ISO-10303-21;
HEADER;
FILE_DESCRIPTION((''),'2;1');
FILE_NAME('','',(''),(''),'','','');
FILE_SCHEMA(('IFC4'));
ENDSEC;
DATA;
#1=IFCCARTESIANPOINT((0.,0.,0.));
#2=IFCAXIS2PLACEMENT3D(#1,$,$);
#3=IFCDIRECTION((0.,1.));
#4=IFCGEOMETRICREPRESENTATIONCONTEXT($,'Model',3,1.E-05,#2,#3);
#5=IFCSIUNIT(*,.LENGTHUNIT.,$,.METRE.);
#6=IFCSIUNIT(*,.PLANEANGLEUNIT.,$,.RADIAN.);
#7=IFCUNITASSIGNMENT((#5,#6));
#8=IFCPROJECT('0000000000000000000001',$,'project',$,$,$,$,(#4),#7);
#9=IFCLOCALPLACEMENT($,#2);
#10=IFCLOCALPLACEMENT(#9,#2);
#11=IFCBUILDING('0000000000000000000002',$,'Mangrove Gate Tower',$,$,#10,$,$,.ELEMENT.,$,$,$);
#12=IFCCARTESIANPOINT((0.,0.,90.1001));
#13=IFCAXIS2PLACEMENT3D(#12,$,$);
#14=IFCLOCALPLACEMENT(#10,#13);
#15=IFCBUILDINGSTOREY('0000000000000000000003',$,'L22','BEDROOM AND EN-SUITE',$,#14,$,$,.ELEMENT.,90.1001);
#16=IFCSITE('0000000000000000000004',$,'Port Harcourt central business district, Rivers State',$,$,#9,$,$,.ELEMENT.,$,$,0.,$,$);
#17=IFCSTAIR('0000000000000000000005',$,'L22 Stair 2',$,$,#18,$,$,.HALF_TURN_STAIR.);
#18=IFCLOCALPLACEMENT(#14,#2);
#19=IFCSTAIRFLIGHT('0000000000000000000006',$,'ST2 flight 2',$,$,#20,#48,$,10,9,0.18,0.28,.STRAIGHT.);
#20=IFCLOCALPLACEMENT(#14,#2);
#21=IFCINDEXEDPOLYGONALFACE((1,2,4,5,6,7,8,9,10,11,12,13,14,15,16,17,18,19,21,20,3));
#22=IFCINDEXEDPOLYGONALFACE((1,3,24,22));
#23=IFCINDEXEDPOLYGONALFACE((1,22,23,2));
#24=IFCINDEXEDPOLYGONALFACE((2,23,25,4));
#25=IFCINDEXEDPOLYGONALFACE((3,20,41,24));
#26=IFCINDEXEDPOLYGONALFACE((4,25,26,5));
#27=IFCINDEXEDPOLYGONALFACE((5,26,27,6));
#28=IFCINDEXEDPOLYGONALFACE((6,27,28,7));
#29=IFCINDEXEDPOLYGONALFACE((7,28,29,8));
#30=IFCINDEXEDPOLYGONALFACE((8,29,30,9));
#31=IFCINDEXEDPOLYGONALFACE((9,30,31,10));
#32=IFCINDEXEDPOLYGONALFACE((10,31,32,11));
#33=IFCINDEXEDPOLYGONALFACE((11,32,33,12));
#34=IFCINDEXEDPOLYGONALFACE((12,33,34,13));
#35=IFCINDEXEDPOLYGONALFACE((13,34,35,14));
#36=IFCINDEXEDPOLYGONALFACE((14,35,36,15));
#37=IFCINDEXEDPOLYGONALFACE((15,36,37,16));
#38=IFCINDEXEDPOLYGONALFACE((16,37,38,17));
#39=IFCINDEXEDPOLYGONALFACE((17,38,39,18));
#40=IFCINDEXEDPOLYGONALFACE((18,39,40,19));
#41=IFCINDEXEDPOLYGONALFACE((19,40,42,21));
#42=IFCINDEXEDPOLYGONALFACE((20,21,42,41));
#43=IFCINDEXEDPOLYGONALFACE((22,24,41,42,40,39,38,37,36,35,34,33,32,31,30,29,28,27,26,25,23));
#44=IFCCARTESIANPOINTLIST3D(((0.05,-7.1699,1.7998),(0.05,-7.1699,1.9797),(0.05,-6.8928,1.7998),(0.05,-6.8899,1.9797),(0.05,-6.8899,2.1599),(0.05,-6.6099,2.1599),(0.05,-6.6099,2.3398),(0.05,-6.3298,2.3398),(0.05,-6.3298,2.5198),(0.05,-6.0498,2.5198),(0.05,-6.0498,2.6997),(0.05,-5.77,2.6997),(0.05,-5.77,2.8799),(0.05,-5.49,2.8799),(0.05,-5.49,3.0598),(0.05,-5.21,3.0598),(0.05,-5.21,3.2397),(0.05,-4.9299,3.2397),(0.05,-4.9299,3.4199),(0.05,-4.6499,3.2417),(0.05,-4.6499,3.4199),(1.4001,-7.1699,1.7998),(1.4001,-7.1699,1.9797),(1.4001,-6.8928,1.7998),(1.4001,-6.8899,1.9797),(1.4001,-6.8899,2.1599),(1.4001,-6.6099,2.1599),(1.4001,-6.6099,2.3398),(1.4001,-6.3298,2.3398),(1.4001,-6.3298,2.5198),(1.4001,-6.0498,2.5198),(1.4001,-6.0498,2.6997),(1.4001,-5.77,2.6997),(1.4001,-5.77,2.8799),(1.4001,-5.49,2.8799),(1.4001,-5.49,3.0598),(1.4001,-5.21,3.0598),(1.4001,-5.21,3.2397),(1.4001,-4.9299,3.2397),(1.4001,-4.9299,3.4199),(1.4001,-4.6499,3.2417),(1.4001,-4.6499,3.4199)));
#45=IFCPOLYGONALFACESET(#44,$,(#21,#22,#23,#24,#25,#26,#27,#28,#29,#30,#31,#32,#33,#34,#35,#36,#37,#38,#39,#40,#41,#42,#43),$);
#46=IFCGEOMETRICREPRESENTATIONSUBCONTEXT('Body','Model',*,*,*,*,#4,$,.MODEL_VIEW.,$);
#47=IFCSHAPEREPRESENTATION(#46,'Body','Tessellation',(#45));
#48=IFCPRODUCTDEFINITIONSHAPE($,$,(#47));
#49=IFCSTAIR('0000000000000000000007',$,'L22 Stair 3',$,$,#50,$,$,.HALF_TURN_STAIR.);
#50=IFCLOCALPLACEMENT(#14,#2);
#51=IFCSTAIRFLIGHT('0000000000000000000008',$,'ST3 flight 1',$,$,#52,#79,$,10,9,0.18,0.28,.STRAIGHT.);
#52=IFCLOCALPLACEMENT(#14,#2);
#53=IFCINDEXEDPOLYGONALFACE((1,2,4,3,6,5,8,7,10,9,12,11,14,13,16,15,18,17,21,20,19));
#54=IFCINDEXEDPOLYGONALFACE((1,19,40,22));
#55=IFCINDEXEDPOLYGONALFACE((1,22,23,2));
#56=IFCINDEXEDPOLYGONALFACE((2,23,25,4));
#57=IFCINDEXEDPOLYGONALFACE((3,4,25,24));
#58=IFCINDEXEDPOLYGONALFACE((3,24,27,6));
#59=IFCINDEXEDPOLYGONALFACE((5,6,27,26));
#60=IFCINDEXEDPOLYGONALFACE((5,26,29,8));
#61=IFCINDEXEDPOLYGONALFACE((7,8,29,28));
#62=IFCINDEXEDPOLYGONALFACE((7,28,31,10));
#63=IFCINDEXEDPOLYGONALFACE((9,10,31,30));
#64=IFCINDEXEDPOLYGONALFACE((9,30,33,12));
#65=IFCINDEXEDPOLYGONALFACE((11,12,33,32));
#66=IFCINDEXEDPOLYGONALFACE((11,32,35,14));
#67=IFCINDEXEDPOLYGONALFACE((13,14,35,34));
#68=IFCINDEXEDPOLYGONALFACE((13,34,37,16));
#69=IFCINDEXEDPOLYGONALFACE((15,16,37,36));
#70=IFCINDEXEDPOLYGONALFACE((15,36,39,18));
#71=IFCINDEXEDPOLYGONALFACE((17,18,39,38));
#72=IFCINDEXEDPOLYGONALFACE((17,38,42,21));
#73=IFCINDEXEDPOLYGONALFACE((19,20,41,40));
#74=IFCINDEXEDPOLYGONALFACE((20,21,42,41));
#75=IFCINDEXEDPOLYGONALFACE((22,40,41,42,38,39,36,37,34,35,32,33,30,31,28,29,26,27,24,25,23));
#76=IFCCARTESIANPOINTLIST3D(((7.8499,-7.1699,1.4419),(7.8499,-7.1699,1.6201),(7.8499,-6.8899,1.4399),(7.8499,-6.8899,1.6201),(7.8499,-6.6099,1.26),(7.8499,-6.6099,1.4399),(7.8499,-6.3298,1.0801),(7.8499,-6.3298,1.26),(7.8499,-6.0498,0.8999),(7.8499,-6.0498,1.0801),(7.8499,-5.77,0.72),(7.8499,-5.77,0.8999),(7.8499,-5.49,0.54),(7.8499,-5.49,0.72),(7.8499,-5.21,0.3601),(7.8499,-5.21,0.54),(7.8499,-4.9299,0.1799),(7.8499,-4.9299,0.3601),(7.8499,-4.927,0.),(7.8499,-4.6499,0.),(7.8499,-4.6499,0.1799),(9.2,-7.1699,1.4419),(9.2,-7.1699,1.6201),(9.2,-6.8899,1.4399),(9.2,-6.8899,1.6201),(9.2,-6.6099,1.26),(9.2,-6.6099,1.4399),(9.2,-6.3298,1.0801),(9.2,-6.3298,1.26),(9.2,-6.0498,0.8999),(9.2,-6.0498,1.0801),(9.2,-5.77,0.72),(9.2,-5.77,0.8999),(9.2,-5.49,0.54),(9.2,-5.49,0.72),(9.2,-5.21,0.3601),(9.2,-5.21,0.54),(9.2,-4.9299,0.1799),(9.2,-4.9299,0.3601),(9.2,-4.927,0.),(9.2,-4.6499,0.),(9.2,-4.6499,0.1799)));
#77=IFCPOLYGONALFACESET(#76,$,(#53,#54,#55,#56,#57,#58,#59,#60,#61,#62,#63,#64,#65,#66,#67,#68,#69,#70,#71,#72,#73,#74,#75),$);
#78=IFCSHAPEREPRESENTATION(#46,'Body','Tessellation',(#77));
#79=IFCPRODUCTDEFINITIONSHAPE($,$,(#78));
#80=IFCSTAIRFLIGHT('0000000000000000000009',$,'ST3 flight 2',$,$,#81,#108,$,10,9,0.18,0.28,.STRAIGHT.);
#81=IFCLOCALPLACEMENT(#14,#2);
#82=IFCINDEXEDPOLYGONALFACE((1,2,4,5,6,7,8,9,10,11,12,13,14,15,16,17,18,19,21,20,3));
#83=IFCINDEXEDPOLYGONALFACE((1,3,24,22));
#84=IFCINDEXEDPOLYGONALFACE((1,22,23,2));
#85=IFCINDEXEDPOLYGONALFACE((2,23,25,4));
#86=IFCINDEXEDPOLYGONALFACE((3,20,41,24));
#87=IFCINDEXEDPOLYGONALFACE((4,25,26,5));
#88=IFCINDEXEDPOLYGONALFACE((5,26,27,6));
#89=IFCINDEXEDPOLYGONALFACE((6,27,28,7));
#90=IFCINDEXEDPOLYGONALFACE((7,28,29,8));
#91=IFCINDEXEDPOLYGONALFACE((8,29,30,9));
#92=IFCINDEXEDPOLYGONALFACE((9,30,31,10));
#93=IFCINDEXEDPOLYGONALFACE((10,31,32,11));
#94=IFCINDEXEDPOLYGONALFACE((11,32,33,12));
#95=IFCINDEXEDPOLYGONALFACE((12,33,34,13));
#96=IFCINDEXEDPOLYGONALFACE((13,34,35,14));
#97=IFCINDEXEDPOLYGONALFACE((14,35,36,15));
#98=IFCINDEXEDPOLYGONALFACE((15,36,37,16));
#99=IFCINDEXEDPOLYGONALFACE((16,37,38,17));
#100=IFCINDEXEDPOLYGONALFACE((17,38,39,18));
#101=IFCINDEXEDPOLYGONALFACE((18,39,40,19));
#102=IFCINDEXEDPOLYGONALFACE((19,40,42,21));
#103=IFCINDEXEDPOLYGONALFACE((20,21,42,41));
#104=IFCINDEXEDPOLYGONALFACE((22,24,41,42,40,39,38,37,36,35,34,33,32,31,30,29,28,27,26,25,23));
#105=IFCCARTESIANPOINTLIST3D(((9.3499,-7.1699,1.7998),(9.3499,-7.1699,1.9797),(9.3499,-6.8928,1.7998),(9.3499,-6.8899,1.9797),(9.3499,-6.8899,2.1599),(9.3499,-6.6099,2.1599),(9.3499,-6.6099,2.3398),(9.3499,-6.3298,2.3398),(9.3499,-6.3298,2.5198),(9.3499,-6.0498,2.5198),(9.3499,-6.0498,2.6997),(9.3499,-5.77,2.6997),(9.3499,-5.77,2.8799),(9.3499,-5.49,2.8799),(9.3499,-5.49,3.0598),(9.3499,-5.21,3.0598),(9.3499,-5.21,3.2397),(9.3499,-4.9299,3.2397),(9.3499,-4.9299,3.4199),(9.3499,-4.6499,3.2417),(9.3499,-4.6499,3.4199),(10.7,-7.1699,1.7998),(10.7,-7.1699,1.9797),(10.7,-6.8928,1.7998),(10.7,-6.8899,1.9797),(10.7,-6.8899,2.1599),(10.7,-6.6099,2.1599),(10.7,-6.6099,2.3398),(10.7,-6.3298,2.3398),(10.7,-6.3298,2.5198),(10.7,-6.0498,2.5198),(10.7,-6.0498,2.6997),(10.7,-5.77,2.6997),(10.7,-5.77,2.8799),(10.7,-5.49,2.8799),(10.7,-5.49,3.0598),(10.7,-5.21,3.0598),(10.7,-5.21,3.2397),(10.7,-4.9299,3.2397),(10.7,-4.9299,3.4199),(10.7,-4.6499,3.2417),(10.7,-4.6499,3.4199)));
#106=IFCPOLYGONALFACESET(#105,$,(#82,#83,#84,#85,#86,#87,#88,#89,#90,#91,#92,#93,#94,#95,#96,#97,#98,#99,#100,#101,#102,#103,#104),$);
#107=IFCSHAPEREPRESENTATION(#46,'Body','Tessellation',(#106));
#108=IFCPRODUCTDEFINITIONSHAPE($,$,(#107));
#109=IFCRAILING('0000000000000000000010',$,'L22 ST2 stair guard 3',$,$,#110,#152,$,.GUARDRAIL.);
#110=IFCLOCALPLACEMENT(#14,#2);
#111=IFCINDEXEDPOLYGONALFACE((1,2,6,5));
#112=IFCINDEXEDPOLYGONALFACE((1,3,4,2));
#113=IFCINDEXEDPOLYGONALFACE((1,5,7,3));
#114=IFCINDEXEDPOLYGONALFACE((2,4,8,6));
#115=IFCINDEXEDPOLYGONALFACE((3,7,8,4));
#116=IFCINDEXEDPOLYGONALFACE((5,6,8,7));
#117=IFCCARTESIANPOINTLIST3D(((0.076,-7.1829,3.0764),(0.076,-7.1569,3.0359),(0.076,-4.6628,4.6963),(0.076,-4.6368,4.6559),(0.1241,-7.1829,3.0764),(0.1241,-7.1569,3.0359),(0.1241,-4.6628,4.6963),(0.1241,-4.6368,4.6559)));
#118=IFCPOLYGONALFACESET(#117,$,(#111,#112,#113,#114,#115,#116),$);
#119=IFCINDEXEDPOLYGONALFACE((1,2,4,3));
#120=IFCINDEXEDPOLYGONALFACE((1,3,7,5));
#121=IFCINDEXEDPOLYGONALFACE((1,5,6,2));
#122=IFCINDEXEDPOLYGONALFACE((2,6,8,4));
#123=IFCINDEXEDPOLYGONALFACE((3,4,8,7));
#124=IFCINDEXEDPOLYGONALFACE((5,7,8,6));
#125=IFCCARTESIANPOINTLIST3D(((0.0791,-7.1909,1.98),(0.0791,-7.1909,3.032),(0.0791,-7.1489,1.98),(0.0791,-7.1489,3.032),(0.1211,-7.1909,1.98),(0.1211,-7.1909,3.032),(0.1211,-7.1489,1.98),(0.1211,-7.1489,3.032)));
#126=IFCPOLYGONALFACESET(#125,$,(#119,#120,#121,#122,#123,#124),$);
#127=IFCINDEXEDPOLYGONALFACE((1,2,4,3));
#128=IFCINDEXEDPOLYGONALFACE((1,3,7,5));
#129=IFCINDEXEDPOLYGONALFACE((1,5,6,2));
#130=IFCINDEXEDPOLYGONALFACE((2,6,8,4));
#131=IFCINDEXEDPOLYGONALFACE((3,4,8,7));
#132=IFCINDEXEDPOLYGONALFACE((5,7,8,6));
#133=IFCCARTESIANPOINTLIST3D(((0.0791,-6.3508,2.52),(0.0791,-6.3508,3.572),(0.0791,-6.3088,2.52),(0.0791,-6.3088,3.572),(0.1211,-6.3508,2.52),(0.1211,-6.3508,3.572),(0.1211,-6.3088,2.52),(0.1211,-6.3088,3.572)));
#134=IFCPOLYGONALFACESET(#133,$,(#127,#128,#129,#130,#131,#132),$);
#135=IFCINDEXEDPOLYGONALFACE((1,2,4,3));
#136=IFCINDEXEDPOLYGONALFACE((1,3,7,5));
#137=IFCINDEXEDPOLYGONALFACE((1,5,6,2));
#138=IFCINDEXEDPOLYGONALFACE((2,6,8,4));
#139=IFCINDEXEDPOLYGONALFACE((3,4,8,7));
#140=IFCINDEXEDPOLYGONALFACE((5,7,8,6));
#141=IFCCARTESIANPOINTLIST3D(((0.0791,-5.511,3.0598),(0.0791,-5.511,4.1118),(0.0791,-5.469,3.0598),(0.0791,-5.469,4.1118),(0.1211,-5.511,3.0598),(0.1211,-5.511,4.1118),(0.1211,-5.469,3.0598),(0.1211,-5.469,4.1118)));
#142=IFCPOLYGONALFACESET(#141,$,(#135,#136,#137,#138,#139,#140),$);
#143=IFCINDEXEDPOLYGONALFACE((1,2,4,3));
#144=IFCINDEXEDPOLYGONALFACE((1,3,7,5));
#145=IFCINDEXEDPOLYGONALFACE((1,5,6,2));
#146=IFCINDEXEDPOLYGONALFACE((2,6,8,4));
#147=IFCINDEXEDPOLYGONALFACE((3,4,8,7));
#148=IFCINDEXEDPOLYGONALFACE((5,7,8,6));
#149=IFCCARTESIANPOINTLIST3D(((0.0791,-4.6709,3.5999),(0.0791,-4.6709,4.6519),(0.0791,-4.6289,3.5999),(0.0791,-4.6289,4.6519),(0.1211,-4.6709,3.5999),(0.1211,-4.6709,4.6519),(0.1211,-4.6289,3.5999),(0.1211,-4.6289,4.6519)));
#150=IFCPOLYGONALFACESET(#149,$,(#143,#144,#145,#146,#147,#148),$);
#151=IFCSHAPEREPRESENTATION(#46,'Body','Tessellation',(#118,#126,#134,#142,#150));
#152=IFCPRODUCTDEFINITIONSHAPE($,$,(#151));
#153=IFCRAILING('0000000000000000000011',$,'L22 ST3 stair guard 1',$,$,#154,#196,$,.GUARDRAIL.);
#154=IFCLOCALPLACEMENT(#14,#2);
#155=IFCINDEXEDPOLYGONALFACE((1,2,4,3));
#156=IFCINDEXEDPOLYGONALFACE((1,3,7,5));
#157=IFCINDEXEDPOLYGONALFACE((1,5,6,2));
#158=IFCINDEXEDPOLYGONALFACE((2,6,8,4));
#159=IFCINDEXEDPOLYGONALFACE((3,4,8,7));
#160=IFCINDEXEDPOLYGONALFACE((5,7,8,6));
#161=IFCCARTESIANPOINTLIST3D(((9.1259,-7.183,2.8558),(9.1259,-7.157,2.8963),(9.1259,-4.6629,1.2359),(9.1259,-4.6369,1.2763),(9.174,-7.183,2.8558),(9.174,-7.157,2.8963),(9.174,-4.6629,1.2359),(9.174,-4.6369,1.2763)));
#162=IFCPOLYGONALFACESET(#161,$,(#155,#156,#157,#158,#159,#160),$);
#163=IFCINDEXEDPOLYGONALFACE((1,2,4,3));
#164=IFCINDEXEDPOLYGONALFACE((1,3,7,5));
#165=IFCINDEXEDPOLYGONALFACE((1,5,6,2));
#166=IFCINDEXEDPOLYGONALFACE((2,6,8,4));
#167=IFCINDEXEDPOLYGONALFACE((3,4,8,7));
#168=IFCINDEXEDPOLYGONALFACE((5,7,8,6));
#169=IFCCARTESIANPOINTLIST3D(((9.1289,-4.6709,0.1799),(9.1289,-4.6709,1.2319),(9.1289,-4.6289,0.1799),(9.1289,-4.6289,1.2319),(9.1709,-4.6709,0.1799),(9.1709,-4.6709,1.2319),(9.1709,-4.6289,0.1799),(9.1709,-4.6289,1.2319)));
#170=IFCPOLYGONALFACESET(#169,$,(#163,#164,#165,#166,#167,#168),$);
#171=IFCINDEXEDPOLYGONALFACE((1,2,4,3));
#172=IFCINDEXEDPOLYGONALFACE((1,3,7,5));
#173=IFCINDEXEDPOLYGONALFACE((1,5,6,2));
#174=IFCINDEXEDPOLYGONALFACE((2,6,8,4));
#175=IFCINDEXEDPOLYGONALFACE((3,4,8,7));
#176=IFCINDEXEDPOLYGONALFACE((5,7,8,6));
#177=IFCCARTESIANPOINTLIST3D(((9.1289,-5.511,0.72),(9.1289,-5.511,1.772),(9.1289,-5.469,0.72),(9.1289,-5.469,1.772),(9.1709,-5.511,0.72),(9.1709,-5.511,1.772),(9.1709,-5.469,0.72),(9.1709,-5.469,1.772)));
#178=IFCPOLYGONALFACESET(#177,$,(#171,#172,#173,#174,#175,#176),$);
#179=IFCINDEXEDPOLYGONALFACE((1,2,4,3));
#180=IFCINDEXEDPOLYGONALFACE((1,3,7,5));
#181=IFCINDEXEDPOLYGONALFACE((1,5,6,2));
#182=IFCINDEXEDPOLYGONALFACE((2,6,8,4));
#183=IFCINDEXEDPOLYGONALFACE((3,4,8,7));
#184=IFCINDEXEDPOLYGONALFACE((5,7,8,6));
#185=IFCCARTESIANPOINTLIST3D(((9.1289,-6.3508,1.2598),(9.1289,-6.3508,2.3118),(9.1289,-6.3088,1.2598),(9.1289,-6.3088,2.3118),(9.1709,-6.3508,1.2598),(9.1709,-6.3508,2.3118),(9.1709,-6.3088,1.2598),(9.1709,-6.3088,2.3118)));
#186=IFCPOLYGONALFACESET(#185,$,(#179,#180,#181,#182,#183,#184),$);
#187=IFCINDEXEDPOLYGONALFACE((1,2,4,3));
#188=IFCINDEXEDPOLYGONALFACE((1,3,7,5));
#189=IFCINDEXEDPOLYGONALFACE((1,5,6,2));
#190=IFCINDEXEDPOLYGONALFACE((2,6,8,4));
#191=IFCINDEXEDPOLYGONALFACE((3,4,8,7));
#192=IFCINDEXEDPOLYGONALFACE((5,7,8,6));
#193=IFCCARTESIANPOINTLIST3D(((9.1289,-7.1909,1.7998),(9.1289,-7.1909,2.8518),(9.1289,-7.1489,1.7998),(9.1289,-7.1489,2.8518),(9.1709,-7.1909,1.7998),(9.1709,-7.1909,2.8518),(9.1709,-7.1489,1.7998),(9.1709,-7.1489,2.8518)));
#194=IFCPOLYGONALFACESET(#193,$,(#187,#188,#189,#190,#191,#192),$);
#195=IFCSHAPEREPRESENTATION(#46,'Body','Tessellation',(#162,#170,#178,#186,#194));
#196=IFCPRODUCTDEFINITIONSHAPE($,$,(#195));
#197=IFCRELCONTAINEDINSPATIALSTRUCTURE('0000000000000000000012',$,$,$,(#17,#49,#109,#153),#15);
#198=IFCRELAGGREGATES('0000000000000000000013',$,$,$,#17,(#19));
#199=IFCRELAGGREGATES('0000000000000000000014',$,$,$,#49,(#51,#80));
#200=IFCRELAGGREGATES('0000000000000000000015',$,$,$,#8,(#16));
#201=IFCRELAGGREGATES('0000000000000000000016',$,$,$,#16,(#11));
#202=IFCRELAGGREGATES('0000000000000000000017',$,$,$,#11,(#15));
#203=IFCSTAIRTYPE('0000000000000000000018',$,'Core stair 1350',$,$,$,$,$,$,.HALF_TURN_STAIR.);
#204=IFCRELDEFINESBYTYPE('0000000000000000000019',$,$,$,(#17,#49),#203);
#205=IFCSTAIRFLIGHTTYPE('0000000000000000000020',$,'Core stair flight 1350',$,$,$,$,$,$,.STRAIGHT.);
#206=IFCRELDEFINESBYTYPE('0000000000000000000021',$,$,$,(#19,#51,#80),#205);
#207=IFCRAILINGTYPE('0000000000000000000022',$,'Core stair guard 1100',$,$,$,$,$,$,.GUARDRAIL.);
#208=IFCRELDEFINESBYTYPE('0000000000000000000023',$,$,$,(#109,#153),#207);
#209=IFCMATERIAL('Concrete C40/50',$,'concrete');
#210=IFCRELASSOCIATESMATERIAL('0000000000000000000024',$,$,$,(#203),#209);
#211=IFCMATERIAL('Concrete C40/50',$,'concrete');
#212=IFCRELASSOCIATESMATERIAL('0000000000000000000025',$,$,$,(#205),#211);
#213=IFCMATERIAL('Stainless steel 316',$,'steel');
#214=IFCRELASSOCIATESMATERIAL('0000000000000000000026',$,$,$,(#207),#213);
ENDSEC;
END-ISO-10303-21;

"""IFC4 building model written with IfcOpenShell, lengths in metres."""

from ifc_helpers import new_model, si_unit, direction, frame, origin, origin_2d, place, context, subcontext, project, spatial, polyline, rectangle, outline, extrude, material, type_object, element, aggregate, save


model = new_model("IFC4")

# Units and contexts
model_context = context("Model", 3, precision=1e-05, world=origin(), true_north=direction((0.0, 1.0)))
body_context = subcontext(model_context, "Body", "Model", "MODEL_VIEW")
ifc_project = project(units=[si_unit("LENGTHUNIT", "METRE"), si_unit("PLANEANGLEUNIT", "RADIAN")], contexts=[model_context])

# Site, building, storey
site_placement = place(None, origin())
site = spatial("IfcSite", under=ifc_project, at=site_placement, Name="Port Harcourt central business district, Rivers State", CompositionType="ELEMENT", RefElevation=0.0)
building_placement = place(site_placement, origin())
building = spatial("IfcBuilding", under=site, at=building_placement, Name="Mangrove Gate Tower", CompositionType="ELEMENT")
storey_placement = place(building_placement, frame((0.0, 0.0, 90.1001)))
storey = spatial("IfcBuildingStorey", under=building, at=storey_placement, Name="L22", Description="BEDROOM AND EN-SUITE", CompositionType="ELEMENT", Elevation=90.1001)

# Stair, stair flight
ifc_material_1 = material(Name="Concrete C40/50", Category="concrete")
stair_type = type_object("IfcStairType", Name="Core stair 1350", PredefinedType="HALF_TURN_STAIR", material=ifc_material_1)
stair_1_placement = place(storey_placement, origin())
stair_1 = element("IfcStair", 1, at=stair_1_placement, inside=storey, type_object=stair_type, Name="L22 Stair 2", PredefinedType="HALF_TURN_STAIR")
ifc_material_2 = material(Name="Concrete C40/50", Category="concrete")
stair_flight_type = type_object("IfcStairFlightType", Name="Core stair flight 1350", PredefinedType="STRAIGHT", material=ifc_material_2)
stair_flight_1_placement = place(storey_placement, frame((0.7251, -7.1699, 1.7998), z_axis=(0.0, 0.0, 1.0), x_axis=(0.0, 1.0, 0.0)))
stair_flight_1 = element("IfcStairFlight", 2, at=stair_flight_1_placement, type_object=stair_flight_type, Name="ST2 flight 2", NumberOfRisers=10, NumberOfTreads=9, PredefinedType="STRAIGHT", RiserHeight=0.18, TreadLength=0.28, context=body_context, shape_type="SweptSolid", body=[
    extrude(outline(polyline([(0.0, 0.0), (0.0, 0.1799), (0.28, 0.1799), (0.28, 0.3601), (0.5601, 0.3601), (0.5601, 0.54), (0.8401, 0.54), (0.8401, 0.72), (1.1201, 0.72), (1.1201, 0.8999), (1.3999, 0.8999), (1.3999, 1.0801), (1.6799, 1.0801), (1.6799, 1.26), (1.96, 1.26), (1.96, 1.4399), (2.24, 1.4399), (2.24, 1.6201), (2.52, 1.6201), (2.52, 1.8), (2.52, 1.4419), (0.2771, 0.0), (0.0, 0.0)])), frame((0.0, 0.675, 0.0), z_axis=(0.0, -1.0, 0.0), x_axis=(1.0, 0.0, 0.0)), (0.0, 0.0, 1.0), 1.3501),
])
aggregate(stair_1, [stair_flight_1])

# Stair, stair flights
stair_2_placement = place(storey_placement, origin())
stair_2 = element("IfcStair", 3, at=stair_2_placement, inside=storey, type_object=stair_type, Name="L22 Stair 3", PredefinedType="HALF_TURN_STAIR")
stair_flight_2_placement = place(storey_placement, frame((8.5249, -4.6499, 0.0), z_axis=(0.0, 0.0, 1.0), x_axis=(0.0, -1.0, 0.0)))
stair_flight_2 = element("IfcStairFlight", 4, at=stair_flight_2_placement, type_object=stair_flight_type, Name="ST3 flight 1", NumberOfRisers=10, NumberOfTreads=9, PredefinedType="STRAIGHT", RiserHeight=0.18, TreadLength=0.28, context=body_context, shape_type="SweptSolid", body=[
    extrude(outline(polyline([(0.0, 0.0), (0.0, 0.1799), (0.28, 0.1799), (0.28, 0.3601), (0.5601, 0.3601), (0.5601, 0.54), (0.8401, 0.54), (0.8401, 0.72), (1.1201, 0.72), (1.1201, 0.8999), (1.3999, 0.8999), (1.3999, 1.0801), (1.6799, 1.0801), (1.6799, 1.26), (1.96, 1.26), (1.96, 1.4399), (2.24, 1.4399), (2.24, 1.6201), (2.52, 1.6201), (2.52, 1.8), (2.52, 1.4419), (0.2771, 0.0), (0.0, 0.0)])), frame((0.0, 0.675, 0.0), z_axis=(0.0, -1.0, 0.0), x_axis=(1.0, 0.0, 0.0)), (0.0, 0.0, 1.0), 1.3501),
])
stair_flight_3_placement = place(storey_placement, frame((10.0249, -7.1699, 1.7998), z_axis=(0.0, 0.0, 1.0), x_axis=(0.0, 1.0, 0.0)))
stair_flight_3 = element("IfcStairFlight", 5, at=stair_flight_3_placement, type_object=stair_flight_type, Name="ST3 flight 2", NumberOfRisers=10, NumberOfTreads=9, PredefinedType="STRAIGHT", RiserHeight=0.18, TreadLength=0.28, context=body_context, shape_type="SweptSolid", body=[
    extrude(outline(polyline([(0.0, 0.0), (0.0, 0.1799), (0.28, 0.1799), (0.28, 0.3601), (0.5601, 0.3601), (0.5601, 0.54), (0.8401, 0.54), (0.8401, 0.72), (1.1201, 0.72), (1.1201, 0.8999), (1.3999, 0.8999), (1.3999, 1.0801), (1.6799, 1.0801), (1.6799, 1.26), (1.96, 1.26), (1.96, 1.4399), (2.24, 1.4399), (2.24, 1.6201), (2.52, 1.6201), (2.52, 1.8), (2.52, 1.4419), (0.2771, 0.0), (0.0, 0.0)])), frame((0.0, 0.675, 0.0), z_axis=(0.0, -1.0, 0.0), x_axis=(1.0, 0.0, 0.0)), (0.0, 0.0, 1.0), 1.3501),
])
aggregate(stair_2, [stair_flight_2, stair_flight_3])

# Railings
ifc_material_3 = material(Name="Stainless steel 316", Category="steel")
railing_type_1 = type_object("IfcRailingType", Name="Core stair guard 1100", PredefinedType="GUARDRAIL", material=ifc_material_3)
railing_1_placement = place(storey_placement, frame((0.1001, -7.1699, 1.98)))
element("IfcRailing", 6, at=railing_1_placement, inside=storey, type_object=railing_type_1, Name="L22 ST2 stair guard 3", PredefinedType="GUARDRAIL", context=body_context, shape_type="SweptSolid", body=[
    extrude(rectangle(XDim=0.0481, YDim=0.0481, at=origin_2d()), frame((0.0, 0.0, 1.0762), z_axis=(0.0, 0.8412, 0.540725), x_axis=(-1.0, 0.0, 0.0)), (0.0, 0.0, 1.0), 2.9958),
    extrude(rectangle(XDim=0.042, YDim=0.042, at=origin_2d()), origin(), (0.0, 0.0, 1.0), 1.052),
    extrude(rectangle(XDim=0.042, YDim=0.042, at=origin_2d()), frame((0.0, 0.8401, 0.54)), (0.0, 0.0, 1.0), 1.052),
    extrude(rectangle(XDim=0.042, YDim=0.042, at=origin_2d()), frame((0.0, 1.6799, 1.0798)), (0.0, 0.0, 1.0), 1.052),
    extrude(rectangle(XDim=0.042, YDim=0.042, at=origin_2d()), frame((0.0, 2.52, 1.6199)), (0.0, 0.0, 1.0), 1.052),
])
railing_2_placement = place(storey_placement, frame((9.1499, -4.6499, 0.1799)))
element("IfcRailing", 7, at=railing_2_placement, inside=storey, type_object=railing_type_1, Name="L22 ST3 stair guard 1", PredefinedType="GUARDRAIL", context=body_context, shape_type="SweptSolid", body=[
    extrude(rectangle(XDim=0.0481, YDim=0.0481, at=origin_2d()), frame((0.0, 0.0, 1.0762), z_axis=(0.0, -0.8412, 0.540725), x_axis=(1.0, 0.0, 0.0)), (0.0, 0.0, 1.0), 2.9958),
    extrude(rectangle(XDim=0.042, YDim=0.042, at=origin_2d()), origin(), (0.0, 0.0, 1.0), 1.052),
    extrude(rectangle(XDim=0.042, YDim=0.042, at=origin_2d()), frame((0.0, -0.8401, 0.54)), (0.0, 0.0, 1.0), 1.052),
    extrude(rectangle(XDim=0.042, YDim=0.042, at=origin_2d()), frame((0.0, -1.6799, 1.0798)), (0.0, 0.0, 1.0), 1.052),
    extrude(rectangle(XDim=0.042, YDim=0.042, at=origin_2d()), frame((0.0, -2.52, 1.6199)), (0.0, 0.0, 1.0), 1.052),
])

save(model, "model.ifc")
